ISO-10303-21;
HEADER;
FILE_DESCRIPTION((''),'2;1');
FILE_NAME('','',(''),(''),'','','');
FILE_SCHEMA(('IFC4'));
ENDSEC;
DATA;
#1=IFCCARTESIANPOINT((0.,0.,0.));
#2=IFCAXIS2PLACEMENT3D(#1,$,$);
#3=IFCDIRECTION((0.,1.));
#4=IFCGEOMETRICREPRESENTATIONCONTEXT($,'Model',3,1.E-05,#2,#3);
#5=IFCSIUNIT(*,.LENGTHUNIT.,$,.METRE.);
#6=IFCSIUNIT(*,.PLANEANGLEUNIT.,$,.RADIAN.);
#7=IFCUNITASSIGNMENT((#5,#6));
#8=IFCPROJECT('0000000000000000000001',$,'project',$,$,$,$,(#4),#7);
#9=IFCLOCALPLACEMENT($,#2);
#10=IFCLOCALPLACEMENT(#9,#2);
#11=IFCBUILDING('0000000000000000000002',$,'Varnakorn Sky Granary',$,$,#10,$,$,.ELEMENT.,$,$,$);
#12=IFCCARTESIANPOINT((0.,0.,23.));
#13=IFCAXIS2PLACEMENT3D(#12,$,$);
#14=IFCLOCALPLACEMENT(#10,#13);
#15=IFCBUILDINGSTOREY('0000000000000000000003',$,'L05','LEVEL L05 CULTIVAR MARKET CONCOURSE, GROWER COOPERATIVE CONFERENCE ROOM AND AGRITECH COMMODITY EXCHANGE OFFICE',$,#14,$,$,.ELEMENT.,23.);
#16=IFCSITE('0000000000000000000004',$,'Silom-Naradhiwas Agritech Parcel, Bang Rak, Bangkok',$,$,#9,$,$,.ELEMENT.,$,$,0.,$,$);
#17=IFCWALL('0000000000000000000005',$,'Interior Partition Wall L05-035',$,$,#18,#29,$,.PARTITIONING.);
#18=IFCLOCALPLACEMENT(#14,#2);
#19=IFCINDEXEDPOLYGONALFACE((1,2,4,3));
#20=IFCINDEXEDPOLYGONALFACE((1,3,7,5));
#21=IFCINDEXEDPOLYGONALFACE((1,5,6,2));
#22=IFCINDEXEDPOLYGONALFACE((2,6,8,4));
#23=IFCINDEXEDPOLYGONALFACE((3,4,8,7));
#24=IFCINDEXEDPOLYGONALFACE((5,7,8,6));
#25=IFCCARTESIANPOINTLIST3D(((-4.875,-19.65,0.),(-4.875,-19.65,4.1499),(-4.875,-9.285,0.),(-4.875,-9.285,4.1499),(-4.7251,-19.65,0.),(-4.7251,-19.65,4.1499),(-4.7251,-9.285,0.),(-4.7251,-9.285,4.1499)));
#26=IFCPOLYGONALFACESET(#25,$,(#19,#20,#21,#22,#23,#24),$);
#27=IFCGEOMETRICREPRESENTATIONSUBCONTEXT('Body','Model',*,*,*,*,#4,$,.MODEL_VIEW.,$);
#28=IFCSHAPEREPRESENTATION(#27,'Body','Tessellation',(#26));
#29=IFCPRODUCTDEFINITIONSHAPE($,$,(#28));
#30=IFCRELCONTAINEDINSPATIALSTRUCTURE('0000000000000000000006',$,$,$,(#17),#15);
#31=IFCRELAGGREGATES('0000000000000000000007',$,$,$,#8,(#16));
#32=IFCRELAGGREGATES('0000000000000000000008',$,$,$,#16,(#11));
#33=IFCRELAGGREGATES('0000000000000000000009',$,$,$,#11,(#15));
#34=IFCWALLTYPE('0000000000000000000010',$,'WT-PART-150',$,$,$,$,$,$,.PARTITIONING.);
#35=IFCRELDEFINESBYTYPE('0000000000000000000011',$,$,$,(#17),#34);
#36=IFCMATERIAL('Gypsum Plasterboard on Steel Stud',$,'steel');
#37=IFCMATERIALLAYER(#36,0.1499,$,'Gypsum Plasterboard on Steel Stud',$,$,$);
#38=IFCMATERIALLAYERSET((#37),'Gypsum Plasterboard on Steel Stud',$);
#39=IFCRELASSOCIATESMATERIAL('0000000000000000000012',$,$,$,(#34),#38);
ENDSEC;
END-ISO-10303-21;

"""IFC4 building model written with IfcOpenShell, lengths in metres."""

from ifc_helpers import new_model, si_unit, direction, frame, frame_2d, origin, place, context, subcontext, project, spatial, rectangle, extrude, material, layer, layer_set, type_object, element, save


model = new_model("IFC4")

# Units and contexts
model_context = context("Model", 3, precision=1e-05, world=origin(), true_north=direction((0.0, 1.0)))
body_context = subcontext(model_context, "Body", "Model", "MODEL_VIEW")
ifc_project = project(units=[si_unit("LENGTHUNIT", "METRE"), si_unit("PLANEANGLEUNIT", "RADIAN")], contexts=[model_context])

# Site, building, storey
site_placement = place(None, origin())
site = spatial("IfcSite", under=ifc_project, at=site_placement, Name="Silom-Naradhiwas Agritech Parcel, Bang Rak, Bangkok", CompositionType="ELEMENT", RefElevation=0.0)
building_placement = place(site_placement, origin())
building = spatial("IfcBuilding", under=site, at=building_placement, Name="Varnakorn Sky Granary", CompositionType="ELEMENT")
storey_placement = place(building_placement, frame((0.0, 0.0, 23.0)))
storey = spatial("IfcBuildingStorey", under=building, at=storey_placement, Name="L05", Description="LEVEL L05 CULTIVAR MARKET CONCOURSE, GROWER COOPERATIVE CONFERENCE ROOM AND AGRITECH COMMODITY EXCHANGE OFFICE", CompositionType="ELEMENT", Elevation=23.0)

# Shared definitions
ifc_material_1 = material(Name="Gypsum Plasterboard on Steel Stud", Category="steel")
ifc_layer_1 = layer(ifc_material_1, 0.1499, Name="Gypsum Plasterboard on Steel Stud")
ifc_layer_set_1 = layer_set([ifc_layer_1], Name="Gypsum Plasterboard on Steel Stud")
wall_type_1 = type_object("IfcWallType", Name="WT-PART-150", PredefinedType="PARTITIONING", material=ifc_layer_set_1)

# Wall
wall_1_placement = place(storey_placement, frame((-4.8, -9.2849, 0.0), z_axis=(0.0, 0.0, 1.0), x_axis=(0.0, -1.0, 0.0)))
element("IfcWall", 1, at=wall_1_placement, inside=storey, type_object=wall_type_1, Name="Interior Partition Wall L05-035", PredefinedType="PARTITIONING", context=body_context, shape_type="SweptSolid", body=[
    extrude(rectangle(XDim=10.365, YDim=0.1499, at=frame_2d((5.1826, 0.0))), origin(), (0.0, 0.0, 1.0), 4.1499),
])

save(model, "model.ifc")
